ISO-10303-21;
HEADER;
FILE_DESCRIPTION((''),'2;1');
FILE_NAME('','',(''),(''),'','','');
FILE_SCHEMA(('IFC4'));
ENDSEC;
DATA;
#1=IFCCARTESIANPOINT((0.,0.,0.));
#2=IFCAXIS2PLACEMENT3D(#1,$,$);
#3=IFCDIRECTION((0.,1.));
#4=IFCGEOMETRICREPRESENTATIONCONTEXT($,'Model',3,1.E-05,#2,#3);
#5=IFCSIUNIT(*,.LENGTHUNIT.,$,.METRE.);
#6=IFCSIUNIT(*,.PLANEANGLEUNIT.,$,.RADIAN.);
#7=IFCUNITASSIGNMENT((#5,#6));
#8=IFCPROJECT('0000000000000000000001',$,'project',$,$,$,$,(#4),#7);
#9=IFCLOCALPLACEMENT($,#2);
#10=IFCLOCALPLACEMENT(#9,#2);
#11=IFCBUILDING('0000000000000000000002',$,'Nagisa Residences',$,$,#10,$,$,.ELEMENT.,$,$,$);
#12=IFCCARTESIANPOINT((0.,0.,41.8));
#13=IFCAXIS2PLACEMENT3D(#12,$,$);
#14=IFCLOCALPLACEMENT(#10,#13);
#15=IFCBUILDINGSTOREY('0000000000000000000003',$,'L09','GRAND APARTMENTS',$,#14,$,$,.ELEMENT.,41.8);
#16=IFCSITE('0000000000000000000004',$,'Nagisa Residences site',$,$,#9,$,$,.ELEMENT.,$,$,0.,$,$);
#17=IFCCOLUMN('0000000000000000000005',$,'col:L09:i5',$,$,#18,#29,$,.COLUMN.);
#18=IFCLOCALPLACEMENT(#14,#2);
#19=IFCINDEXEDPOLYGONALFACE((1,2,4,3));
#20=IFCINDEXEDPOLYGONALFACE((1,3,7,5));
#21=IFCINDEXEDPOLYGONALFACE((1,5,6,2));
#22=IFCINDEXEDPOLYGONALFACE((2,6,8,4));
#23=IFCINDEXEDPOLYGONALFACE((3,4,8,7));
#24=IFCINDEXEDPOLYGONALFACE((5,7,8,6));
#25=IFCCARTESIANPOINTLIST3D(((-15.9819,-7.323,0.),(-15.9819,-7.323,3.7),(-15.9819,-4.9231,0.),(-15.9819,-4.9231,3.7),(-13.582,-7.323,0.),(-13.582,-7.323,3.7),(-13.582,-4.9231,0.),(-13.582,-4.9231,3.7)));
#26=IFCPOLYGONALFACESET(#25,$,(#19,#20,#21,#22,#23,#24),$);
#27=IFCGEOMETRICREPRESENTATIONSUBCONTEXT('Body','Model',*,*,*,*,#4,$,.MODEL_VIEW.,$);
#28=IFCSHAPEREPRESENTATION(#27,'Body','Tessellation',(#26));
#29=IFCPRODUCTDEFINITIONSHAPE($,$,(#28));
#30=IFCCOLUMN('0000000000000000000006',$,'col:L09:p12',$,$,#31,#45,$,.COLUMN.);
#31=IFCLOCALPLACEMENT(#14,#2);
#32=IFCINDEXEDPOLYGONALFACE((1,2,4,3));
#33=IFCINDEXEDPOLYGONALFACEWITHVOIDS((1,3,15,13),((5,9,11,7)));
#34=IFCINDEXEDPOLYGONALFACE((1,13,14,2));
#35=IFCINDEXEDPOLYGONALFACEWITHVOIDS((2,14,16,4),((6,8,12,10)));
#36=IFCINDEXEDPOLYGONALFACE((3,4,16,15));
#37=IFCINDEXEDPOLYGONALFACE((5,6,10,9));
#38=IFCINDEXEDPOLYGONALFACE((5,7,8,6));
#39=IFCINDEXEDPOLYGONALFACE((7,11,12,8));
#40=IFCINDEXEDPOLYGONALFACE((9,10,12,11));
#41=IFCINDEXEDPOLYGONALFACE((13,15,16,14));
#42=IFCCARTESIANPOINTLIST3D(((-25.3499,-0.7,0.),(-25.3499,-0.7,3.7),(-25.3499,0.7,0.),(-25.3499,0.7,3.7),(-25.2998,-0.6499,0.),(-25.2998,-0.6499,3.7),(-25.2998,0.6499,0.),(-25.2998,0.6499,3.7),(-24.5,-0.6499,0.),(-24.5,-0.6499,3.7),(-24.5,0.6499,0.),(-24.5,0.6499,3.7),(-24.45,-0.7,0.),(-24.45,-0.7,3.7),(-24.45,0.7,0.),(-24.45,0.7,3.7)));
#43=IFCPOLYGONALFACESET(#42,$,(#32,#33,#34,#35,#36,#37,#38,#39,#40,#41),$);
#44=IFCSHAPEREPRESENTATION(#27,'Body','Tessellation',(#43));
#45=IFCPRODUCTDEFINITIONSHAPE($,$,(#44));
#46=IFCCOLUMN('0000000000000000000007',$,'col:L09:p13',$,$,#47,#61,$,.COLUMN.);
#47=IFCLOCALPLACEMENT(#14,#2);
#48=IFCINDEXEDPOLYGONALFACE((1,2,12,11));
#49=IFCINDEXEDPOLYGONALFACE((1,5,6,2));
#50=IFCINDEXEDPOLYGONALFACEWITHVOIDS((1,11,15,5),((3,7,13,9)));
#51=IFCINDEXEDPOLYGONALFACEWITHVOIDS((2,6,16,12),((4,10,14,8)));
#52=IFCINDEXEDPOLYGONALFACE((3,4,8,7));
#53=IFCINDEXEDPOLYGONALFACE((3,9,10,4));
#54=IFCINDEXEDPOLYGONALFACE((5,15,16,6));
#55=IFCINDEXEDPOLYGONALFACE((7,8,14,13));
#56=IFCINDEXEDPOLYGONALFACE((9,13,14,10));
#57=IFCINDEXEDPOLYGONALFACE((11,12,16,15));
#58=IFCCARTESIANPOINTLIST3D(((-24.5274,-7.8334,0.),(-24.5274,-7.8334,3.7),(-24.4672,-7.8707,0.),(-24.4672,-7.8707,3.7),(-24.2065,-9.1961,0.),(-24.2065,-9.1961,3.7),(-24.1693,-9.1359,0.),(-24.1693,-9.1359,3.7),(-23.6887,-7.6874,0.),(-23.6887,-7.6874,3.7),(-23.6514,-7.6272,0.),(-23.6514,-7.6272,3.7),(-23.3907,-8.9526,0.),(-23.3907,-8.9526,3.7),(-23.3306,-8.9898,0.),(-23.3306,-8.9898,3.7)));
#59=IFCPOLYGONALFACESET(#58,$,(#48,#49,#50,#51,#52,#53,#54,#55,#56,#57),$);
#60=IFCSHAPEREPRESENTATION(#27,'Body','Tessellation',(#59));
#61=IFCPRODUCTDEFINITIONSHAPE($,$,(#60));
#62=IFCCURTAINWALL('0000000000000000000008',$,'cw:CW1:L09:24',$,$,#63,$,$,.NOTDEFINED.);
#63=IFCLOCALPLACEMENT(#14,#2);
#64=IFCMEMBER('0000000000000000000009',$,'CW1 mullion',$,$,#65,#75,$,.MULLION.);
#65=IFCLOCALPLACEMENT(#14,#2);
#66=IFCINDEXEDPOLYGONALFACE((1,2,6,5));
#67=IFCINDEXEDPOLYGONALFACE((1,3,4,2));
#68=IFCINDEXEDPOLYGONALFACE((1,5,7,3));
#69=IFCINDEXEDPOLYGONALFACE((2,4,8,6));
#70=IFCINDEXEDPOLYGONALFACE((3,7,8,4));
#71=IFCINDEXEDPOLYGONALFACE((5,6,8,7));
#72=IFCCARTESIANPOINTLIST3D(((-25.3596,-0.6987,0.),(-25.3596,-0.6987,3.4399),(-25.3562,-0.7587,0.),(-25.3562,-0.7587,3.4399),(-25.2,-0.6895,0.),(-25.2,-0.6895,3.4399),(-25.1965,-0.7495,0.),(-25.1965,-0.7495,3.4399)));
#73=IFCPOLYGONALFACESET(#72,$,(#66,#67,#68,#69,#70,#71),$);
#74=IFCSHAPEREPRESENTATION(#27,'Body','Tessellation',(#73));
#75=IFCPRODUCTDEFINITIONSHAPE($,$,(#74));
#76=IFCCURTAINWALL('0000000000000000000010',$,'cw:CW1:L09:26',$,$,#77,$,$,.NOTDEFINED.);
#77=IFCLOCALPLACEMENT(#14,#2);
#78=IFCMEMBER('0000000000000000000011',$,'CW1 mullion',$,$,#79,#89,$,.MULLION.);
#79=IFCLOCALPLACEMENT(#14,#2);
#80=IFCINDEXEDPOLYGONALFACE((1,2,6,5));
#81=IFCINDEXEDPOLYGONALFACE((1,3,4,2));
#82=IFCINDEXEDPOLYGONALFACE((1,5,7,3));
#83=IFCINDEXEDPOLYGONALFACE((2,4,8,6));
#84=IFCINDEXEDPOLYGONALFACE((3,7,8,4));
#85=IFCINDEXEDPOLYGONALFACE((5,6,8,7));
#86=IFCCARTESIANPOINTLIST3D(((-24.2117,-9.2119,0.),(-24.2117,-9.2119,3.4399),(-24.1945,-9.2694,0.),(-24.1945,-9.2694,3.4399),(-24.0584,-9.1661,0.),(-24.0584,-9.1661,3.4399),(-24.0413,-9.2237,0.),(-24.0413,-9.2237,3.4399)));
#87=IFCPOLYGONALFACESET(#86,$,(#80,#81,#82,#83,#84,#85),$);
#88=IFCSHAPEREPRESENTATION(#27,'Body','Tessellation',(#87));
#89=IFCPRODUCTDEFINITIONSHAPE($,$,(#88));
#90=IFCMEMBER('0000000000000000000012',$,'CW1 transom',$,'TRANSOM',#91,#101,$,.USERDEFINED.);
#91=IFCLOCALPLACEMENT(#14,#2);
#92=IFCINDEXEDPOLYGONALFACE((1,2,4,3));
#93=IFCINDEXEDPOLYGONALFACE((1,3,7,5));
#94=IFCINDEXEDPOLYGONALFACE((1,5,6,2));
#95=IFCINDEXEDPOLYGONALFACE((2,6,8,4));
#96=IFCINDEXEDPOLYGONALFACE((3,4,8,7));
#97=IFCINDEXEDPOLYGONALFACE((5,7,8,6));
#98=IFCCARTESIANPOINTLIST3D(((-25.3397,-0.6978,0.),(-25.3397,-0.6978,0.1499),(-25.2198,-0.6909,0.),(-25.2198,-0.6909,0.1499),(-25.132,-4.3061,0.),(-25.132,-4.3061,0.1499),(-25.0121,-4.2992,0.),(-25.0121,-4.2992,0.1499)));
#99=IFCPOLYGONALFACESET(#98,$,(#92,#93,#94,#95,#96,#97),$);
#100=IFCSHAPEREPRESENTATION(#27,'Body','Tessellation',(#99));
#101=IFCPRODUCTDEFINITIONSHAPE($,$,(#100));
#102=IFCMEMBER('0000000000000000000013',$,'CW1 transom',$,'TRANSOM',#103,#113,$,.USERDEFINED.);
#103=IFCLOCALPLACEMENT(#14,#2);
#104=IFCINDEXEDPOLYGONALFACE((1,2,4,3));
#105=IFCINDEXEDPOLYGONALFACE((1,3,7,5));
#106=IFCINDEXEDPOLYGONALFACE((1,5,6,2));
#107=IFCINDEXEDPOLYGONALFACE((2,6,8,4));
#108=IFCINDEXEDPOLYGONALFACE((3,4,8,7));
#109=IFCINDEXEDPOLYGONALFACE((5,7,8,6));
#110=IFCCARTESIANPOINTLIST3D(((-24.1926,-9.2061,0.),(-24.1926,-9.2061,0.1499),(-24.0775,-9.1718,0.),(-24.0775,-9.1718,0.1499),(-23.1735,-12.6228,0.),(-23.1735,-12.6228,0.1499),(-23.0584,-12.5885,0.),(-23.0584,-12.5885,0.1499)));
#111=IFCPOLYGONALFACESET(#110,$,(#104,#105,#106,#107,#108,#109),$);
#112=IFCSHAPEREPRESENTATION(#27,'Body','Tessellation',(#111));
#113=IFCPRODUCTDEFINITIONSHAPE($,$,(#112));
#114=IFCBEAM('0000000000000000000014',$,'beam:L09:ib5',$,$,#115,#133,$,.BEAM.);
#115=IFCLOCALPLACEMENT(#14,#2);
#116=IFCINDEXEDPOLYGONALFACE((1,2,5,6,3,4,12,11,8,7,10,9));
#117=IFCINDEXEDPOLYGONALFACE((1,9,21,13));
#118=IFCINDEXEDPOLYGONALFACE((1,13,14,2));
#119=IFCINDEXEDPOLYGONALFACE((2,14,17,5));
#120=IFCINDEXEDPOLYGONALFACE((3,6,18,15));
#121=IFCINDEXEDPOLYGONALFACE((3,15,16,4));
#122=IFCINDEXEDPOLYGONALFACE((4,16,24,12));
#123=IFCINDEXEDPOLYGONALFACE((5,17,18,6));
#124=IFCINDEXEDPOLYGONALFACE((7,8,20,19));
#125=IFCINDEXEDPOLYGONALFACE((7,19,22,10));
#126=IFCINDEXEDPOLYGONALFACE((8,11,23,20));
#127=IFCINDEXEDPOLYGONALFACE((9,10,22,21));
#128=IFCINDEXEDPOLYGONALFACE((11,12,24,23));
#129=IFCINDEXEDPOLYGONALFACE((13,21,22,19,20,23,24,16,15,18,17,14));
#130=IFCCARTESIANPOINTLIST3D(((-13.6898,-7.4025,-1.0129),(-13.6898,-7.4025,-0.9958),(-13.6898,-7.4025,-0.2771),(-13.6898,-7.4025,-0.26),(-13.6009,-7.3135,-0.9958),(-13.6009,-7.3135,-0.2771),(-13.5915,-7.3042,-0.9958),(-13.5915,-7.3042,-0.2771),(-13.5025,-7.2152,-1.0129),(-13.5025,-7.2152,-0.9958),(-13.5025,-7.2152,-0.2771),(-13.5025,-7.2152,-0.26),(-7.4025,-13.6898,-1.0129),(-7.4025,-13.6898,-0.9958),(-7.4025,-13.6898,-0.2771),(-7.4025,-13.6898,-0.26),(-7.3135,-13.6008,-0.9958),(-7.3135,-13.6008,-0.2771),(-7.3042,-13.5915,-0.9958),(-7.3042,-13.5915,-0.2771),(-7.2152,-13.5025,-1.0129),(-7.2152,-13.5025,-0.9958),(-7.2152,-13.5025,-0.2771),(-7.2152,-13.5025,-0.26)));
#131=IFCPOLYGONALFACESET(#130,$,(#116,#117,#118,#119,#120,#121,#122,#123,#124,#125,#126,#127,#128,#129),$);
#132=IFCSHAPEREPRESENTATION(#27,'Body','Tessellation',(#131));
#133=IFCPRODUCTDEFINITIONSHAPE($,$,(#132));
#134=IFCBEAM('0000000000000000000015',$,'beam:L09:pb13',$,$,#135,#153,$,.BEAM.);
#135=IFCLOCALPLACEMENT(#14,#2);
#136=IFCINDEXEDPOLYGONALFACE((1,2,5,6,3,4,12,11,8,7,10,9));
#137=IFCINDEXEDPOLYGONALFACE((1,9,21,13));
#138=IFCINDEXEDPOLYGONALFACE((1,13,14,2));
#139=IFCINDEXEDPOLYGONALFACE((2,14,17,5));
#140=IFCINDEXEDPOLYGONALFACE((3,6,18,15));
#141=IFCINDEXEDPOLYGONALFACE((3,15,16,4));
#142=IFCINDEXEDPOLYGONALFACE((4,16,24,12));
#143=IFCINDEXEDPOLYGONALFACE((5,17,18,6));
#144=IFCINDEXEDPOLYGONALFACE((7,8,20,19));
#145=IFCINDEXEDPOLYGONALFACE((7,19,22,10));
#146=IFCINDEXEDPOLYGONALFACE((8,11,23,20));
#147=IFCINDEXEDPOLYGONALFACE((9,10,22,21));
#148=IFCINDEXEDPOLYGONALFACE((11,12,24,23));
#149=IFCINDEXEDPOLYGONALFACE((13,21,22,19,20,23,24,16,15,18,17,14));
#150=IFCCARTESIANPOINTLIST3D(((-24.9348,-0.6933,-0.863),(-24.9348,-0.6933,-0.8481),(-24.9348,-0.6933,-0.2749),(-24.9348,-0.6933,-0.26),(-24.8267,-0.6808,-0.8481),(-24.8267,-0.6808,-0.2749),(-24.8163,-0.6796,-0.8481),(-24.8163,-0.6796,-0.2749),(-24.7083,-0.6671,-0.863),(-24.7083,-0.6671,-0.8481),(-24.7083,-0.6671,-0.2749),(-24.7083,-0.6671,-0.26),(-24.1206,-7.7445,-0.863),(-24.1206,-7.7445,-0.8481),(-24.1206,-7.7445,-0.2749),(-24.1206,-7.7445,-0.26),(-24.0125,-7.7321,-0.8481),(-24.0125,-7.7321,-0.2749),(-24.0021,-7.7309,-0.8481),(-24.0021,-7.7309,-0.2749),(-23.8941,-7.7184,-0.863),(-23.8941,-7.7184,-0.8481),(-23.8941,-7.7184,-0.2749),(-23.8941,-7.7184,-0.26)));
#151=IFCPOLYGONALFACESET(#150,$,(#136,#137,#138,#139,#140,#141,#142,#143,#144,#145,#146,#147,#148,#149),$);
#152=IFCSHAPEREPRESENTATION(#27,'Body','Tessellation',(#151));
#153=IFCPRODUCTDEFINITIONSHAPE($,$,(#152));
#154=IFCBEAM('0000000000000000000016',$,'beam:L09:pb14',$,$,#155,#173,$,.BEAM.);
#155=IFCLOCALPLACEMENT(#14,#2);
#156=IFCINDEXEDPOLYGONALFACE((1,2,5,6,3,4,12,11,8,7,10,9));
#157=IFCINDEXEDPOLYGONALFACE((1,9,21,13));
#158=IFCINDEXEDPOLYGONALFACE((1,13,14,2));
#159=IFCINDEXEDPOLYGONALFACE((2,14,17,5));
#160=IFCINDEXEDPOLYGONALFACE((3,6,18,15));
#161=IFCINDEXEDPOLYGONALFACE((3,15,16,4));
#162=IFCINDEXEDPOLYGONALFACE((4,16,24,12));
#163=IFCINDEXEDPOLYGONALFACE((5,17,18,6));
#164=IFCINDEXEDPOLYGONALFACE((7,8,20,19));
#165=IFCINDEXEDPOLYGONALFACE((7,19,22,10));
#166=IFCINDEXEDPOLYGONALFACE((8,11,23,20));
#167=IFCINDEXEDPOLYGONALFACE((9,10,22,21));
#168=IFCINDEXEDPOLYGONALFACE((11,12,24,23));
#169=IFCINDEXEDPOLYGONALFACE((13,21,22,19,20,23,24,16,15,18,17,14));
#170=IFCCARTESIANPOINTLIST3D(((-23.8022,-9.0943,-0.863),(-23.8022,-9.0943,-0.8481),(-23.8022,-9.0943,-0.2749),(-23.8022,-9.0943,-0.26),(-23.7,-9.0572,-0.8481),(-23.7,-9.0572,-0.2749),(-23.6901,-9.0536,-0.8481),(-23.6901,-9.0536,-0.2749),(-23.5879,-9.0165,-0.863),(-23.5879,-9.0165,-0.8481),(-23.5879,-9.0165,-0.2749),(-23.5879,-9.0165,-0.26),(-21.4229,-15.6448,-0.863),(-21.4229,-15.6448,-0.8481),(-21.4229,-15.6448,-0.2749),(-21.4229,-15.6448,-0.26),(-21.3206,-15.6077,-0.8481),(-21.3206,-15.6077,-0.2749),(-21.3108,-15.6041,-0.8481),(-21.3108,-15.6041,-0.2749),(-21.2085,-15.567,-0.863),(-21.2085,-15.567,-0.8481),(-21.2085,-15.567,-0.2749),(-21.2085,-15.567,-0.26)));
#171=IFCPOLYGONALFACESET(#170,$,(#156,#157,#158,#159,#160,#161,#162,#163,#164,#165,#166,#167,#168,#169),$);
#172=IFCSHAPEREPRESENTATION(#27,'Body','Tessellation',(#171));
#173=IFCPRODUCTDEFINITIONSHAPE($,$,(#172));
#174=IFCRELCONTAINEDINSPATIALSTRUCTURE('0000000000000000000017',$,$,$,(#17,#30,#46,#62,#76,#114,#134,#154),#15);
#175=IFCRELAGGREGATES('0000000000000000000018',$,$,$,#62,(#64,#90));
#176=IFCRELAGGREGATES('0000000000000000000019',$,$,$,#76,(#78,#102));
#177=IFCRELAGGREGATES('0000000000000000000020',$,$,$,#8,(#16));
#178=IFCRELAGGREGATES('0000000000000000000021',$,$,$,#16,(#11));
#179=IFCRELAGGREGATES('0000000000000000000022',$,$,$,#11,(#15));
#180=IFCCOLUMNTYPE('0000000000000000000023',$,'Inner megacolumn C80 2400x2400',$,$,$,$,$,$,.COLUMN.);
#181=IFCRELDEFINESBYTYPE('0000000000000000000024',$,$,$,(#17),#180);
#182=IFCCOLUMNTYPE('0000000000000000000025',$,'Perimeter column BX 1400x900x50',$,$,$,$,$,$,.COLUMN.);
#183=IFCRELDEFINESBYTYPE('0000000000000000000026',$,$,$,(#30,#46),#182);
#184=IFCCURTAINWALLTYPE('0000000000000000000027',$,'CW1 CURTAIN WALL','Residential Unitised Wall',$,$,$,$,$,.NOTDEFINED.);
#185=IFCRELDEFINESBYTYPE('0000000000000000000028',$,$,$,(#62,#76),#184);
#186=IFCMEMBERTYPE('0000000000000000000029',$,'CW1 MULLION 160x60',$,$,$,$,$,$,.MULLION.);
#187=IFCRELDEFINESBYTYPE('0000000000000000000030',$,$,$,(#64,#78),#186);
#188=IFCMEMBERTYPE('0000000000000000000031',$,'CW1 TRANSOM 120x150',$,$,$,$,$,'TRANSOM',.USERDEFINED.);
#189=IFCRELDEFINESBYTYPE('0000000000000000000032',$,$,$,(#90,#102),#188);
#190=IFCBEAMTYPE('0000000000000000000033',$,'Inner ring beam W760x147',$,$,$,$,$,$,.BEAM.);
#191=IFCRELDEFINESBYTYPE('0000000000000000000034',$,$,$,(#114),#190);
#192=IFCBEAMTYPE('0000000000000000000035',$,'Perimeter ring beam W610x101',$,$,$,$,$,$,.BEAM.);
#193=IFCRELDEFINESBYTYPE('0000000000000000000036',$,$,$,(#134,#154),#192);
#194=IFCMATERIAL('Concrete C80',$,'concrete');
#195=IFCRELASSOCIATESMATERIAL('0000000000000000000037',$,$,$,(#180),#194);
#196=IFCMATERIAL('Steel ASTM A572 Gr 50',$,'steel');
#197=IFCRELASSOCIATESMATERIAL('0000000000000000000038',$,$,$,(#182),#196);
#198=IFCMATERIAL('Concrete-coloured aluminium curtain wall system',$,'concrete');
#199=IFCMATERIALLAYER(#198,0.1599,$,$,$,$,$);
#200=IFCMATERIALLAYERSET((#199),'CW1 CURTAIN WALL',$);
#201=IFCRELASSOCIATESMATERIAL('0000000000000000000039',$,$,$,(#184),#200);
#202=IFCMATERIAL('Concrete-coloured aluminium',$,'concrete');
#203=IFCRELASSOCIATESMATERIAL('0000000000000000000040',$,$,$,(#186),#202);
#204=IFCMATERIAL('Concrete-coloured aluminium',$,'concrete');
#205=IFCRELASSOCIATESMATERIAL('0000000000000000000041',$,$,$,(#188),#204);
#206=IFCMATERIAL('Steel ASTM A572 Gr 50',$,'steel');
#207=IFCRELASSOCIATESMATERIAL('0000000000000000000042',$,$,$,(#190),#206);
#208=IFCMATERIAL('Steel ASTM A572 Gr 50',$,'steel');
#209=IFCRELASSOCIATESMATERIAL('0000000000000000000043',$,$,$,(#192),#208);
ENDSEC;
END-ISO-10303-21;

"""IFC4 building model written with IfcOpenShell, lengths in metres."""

from ifc_helpers import new_model, si_unit, direction, frame, origin, origin_2d, place, context, subcontext, project, spatial, rectangle, hollow_rectangle, i_section, extrude, material, layer, layer_set, material_profile, profile_set, type_object, element, aggregate, save


model = new_model("IFC4")

# Units and contexts
model_context = context("Model", 3, precision=1e-05, world=origin(), true_north=direction((0.0, 1.0)))
body_context = subcontext(model_context, "Body", "Model", "MODEL_VIEW")
ifc_project = project(units=[si_unit("LENGTHUNIT", "METRE"), si_unit("PLANEANGLEUNIT", "RADIAN")], contexts=[model_context])

# Site, building, storey
site_placement = place(None, origin())
site = spatial("IfcSite", under=ifc_project, at=site_placement, Name="Nagisa Residences site", CompositionType="ELEMENT", RefElevation=0.0)
building_placement = place(site_placement, origin())
building = spatial("IfcBuilding", under=site, at=building_placement, Name="Nagisa Residences", CompositionType="ELEMENT")
storey_placement = place(building_placement, frame((0.0, 0.0, 41.8)))
storey = spatial("IfcBuildingStorey", under=building, at=storey_placement, Name="L09", Description="GRAND APARTMENTS", CompositionType="ELEMENT", Elevation=41.8)

# Columns
ifc_material_1 = material(Name="Concrete C80", Category="concrete")
ifc_material_profile_1 = material_profile(ifc_material_1, rectangle(XDim=2.3999, YDim=2.3999, at=origin_2d()), Name="C80 2400x2400")
ifc_profile_set_1 = profile_set([ifc_material_profile_1], Name="Concrete C80")
column_type_1 = type_object("IfcColumnType", Name="Inner megacolumn C80 2400x2400", PredefinedType="COLUMN", material=ifc_profile_set_1)
column_placement = place(storey_placement, frame((-14.782, -6.123, 0.0), z_axis=(0.0, 0.0, 1.0), x_axis=(1.0, 0.0, 0.0)))
element("IfcColumn", 1, at=column_placement, inside=storey, type_object=column_type_1, Name="col:L09:i5", PredefinedType="COLUMN", context=body_context, shape_type="SweptSolid", body=[
    extrude(rectangle(XDim=2.3999, YDim=2.3999, at=origin_2d()), origin(), (0.0, 0.0, 1.0), 3.7),
])
ifc_material_2 = material(Name="Steel ASTM A572 Gr 50", Category="steel")
ifc_material_profile_2 = material_profile(ifc_material_2, hollow_rectangle(XDim=1.3999, YDim=0.8999, WallThickness=0.05, at=origin_2d()), Name="BX 1400x900x50")
ifc_profile_set_2 = profile_set([ifc_material_profile_2], Name="Steel ASTM A572 Gr 50")
column_type_2 = type_object("IfcColumnType", Name="Perimeter column BX 1400x900x50", PredefinedType="COLUMN", material=ifc_profile_set_2)
for number, where, z_axis, x_axis, name in (
    (2, (-24.8999, 0.0, 0.0), (0.0, 0.0, 1.0), (0.0, -1.0, 0.0), "col:L09:p12"),
    (3, (-23.929, -8.4116, 0.0), (0.0, 0.0, 1.0), (0.229202, -0.973379, 0.0), "col:L09:p13"),
):
    element("IfcColumn", number, at=place(storey_placement, frame(where, z_axis=z_axis, x_axis=x_axis)), inside=storey, type_object=column_type_2, Name=name, PredefinedType="COLUMN", context=body_context, shape_type="SweptSolid", body=[
        extrude(hollow_rectangle(XDim=1.3999, YDim=0.8999, WallThickness=0.05, at=origin_2d()), origin(), (0.0, 0.0, 1.0), 3.7),
    ])

# Curtain walls, members
ifc_material_3 = material(Name="Concrete-coloured aluminium curtain wall system", Category="concrete")
ifc_layer_1 = layer(ifc_material_3, 0.1599)
ifc_layer_set_1 = layer_set([ifc_layer_1], Name="CW1 CURTAIN WALL")
curtain_wall_type = type_object("IfcCurtainWallType", Name="CW1 CURTAIN WALL", Description="Residential Unitised Wall", PredefinedType="NOTDEFINED", material=ifc_layer_set_1)
curtain_wall_1_placement = place(storey_placement, origin())
curtain_wall_1 = element("IfcCurtainWall", 4, at=curtain_wall_1_placement, inside=storey, type_object=curtain_wall_type, Name="cw:CW1:L09:24", PredefinedType="NOTDEFINED")
ifc_material_4 = material(Name="Concrete-coloured aluminium", Category="concrete")
ifc_material_profile_3 = material_profile(ifc_material_4, rectangle(XDim=0.1599, YDim=0.0601, at=origin_2d()), Name="CW1 MULLION 160x60")
ifc_profile_set_3 = profile_set([ifc_material_profile_3], Name="Concrete-coloured aluminium")
member_type_1 = type_object("IfcMemberType", Name="CW1 MULLION 160x60", PredefinedType="MULLION", material=ifc_profile_set_3)
member_1_placement = place(storey_placement, frame((-25.2781, -0.7241, 0.0), z_axis=(0.0, 0.0, 1.0), x_axis=(0.998345, 0.057503, 0.0)))
member_1 = element("IfcMember", 5, at=member_1_placement, type_object=member_type_1, Name="CW1 mullion", PredefinedType="MULLION", context=body_context, shape_type="SweptSolid", body=[
    extrude(rectangle(XDim=0.1599, YDim=0.0601, at=origin_2d()), origin(), (0.0, 0.0, 1.0), 3.4399),
])
curtain_wall_2_placement = place(storey_placement, origin())
curtain_wall_2 = element("IfcCurtainWall", 6, at=curtain_wall_2_placement, inside=storey, type_object=curtain_wall_type, Name="cw:CW1:L09:26", PredefinedType="NOTDEFINED")
member_2_placement = place(storey_placement, frame((-24.1265, -9.2178, 0.0), z_axis=(0.0, 0.0, 1.0), x_axis=(0.958271, 0.28586, 0.0)))
member_2 = element("IfcMember", 7, at=member_2_placement, type_object=member_type_1, Name="CW1 mullion", PredefinedType="MULLION", context=body_context, shape_type="SweptSolid", body=[
    extrude(rectangle(XDim=0.1599, YDim=0.0601, at=origin_2d()), origin(), (0.0, 0.0, 1.0), 3.4399),
])

# Members
ifc_material_5 = material(Name="Concrete-coloured aluminium", Category="concrete")
ifc_material_profile_4 = material_profile(ifc_material_5, rectangle(XDim=0.1201, YDim=0.1499, at=origin_2d()), Name="CW1 TRANSOM 120x150")
ifc_profile_set_4 = profile_set([ifc_material_profile_4], Name="Concrete-coloured aluminium")
member_type_2 = type_object("IfcMemberType", Name="CW1 TRANSOM 120x150", ElementType="TRANSOM", PredefinedType="USERDEFINED", material=ifc_profile_set_4)
member_3_placement = place(storey_placement, frame((-25.2798, -0.6943, 0.075), z_axis=(0.057483, -0.998347, 0.0), x_axis=(0.998347, 0.057483, 0.0)))
member_3 = element("IfcMember", 8, at=member_3_placement, type_object=member_type_2, Name="CW1 transom", ObjectType="TRANSOM", PredefinedType="USERDEFINED", context=body_context, shape_type="SweptSolid", body=[
    extrude(rectangle(XDim=0.1201, YDim=0.1499, at=origin_2d()), origin(), (0.0, 0.0, 1.0), 3.6143),
])
member_4_placement = place(storey_placement, frame((-24.135, -9.189, 0.075), z_axis=(0.285808, -0.958287, 0.0), x_axis=(0.958287, 0.285808, 0.0)))
member_4 = element("IfcMember", 9, at=member_4_placement, type_object=member_type_2, Name="CW1 transom", ObjectType="TRANSOM", PredefinedType="USERDEFINED", context=body_context, shape_type="SweptSolid", body=[
    extrude(rectangle(XDim=0.1201, YDim=0.1499, at=origin_2d()), origin(), (0.0, 0.0, 1.0), 3.5654),
])

# Beams
ifc_material_6 = material(Name="Steel ASTM A572 Gr 50", Category="steel")
ifc_material_profile_5 = material_profile(ifc_material_6, i_section(OverallWidth=0.2649, OverallDepth=0.7529, WebThickness=0.0132, FlangeThickness=0.0171, at=origin_2d()), Name="W760x147")
ifc_profile_set_5 = profile_set([ifc_material_profile_5], Name="Steel ASTM A572 Gr 50")
beam_type_1 = type_object("IfcBeamType", Name="Inner ring beam W760x147", PredefinedType="BEAM", material=ifc_profile_set_5)
beam_1_placement = place(storey_placement, frame((-13.5962, -7.3088, -0.6365), z_axis=(0.707107, -0.707107, 0.0), x_axis=(0.707107, 0.707107, 0.0)))
element("IfcBeam", 10, at=beam_1_placement, inside=storey, type_object=beam_type_1, Name="beam:L09:ib5", PredefinedType="BEAM", context=body_context, shape_type="SweptSolid", body=[
    extrude(i_section(OverallWidth=0.2649, OverallDepth=0.7529, WebThickness=0.0132, FlangeThickness=0.0171, at=origin_2d()), origin(), (0.0, 0.0, 1.0), 8.8916),
])
ifc_material_7 = material(Name="Steel ASTM A572 Gr 50", Category="steel")
ifc_material_profile_6 = material_profile(ifc_material_7, i_section(OverallWidth=0.228, OverallDepth=0.603, WebThickness=0.0105, FlangeThickness=0.0149, at=origin_2d()), Name="W610x101")
ifc_profile_set_6 = profile_set([ifc_material_profile_6], Name="Steel ASTM A572 Gr 50")
beam_type_2 = type_object("IfcBeamType", Name="Perimeter ring beam W610x101", PredefinedType="BEAM", material=ifc_profile_set_6)
beam_2_placement = place(storey_placement, frame((-24.8215, -0.6802, -0.5615), z_axis=(0.114708, -0.993399, 0.0), x_axis=(0.993399, 0.114708, 0.0)))
element("IfcBeam", 11, at=beam_2_placement, inside=storey, type_object=beam_type_2, Name="beam:L09:pb13", PredefinedType="BEAM", context=body_context, shape_type="SweptSolid", body=[
    extrude(i_section(OverallWidth=0.228, OverallDepth=0.603, WebThickness=0.0105, FlangeThickness=0.0149, at=origin_2d()), origin(), (0.0, 0.0, 1.0), 7.0981),
])
beam_3_placement = place(storey_placement, frame((-23.6951, -9.0554, -0.5615), z_axis=(0.341411, -0.939914, 0.0), x_axis=(0.939914, 0.341411, 0.0)))
element("IfcBeam", 12, at=beam_3_placement, inside=storey, type_object=beam_type_2, Name="beam:L09:pb14", PredefinedType="BEAM", context=body_context, shape_type="SweptSolid", body=[
    extrude(i_section(OverallWidth=0.228, OverallDepth=0.603, WebThickness=0.0105, FlangeThickness=0.0149, at=origin_2d()), origin(), (0.0, 0.0, 1.0), 6.9692),
])

aggregate(curtain_wall_1, [member_1, member_3])
aggregate(curtain_wall_2, [member_2, member_4])

save(model, "model.ifc")
